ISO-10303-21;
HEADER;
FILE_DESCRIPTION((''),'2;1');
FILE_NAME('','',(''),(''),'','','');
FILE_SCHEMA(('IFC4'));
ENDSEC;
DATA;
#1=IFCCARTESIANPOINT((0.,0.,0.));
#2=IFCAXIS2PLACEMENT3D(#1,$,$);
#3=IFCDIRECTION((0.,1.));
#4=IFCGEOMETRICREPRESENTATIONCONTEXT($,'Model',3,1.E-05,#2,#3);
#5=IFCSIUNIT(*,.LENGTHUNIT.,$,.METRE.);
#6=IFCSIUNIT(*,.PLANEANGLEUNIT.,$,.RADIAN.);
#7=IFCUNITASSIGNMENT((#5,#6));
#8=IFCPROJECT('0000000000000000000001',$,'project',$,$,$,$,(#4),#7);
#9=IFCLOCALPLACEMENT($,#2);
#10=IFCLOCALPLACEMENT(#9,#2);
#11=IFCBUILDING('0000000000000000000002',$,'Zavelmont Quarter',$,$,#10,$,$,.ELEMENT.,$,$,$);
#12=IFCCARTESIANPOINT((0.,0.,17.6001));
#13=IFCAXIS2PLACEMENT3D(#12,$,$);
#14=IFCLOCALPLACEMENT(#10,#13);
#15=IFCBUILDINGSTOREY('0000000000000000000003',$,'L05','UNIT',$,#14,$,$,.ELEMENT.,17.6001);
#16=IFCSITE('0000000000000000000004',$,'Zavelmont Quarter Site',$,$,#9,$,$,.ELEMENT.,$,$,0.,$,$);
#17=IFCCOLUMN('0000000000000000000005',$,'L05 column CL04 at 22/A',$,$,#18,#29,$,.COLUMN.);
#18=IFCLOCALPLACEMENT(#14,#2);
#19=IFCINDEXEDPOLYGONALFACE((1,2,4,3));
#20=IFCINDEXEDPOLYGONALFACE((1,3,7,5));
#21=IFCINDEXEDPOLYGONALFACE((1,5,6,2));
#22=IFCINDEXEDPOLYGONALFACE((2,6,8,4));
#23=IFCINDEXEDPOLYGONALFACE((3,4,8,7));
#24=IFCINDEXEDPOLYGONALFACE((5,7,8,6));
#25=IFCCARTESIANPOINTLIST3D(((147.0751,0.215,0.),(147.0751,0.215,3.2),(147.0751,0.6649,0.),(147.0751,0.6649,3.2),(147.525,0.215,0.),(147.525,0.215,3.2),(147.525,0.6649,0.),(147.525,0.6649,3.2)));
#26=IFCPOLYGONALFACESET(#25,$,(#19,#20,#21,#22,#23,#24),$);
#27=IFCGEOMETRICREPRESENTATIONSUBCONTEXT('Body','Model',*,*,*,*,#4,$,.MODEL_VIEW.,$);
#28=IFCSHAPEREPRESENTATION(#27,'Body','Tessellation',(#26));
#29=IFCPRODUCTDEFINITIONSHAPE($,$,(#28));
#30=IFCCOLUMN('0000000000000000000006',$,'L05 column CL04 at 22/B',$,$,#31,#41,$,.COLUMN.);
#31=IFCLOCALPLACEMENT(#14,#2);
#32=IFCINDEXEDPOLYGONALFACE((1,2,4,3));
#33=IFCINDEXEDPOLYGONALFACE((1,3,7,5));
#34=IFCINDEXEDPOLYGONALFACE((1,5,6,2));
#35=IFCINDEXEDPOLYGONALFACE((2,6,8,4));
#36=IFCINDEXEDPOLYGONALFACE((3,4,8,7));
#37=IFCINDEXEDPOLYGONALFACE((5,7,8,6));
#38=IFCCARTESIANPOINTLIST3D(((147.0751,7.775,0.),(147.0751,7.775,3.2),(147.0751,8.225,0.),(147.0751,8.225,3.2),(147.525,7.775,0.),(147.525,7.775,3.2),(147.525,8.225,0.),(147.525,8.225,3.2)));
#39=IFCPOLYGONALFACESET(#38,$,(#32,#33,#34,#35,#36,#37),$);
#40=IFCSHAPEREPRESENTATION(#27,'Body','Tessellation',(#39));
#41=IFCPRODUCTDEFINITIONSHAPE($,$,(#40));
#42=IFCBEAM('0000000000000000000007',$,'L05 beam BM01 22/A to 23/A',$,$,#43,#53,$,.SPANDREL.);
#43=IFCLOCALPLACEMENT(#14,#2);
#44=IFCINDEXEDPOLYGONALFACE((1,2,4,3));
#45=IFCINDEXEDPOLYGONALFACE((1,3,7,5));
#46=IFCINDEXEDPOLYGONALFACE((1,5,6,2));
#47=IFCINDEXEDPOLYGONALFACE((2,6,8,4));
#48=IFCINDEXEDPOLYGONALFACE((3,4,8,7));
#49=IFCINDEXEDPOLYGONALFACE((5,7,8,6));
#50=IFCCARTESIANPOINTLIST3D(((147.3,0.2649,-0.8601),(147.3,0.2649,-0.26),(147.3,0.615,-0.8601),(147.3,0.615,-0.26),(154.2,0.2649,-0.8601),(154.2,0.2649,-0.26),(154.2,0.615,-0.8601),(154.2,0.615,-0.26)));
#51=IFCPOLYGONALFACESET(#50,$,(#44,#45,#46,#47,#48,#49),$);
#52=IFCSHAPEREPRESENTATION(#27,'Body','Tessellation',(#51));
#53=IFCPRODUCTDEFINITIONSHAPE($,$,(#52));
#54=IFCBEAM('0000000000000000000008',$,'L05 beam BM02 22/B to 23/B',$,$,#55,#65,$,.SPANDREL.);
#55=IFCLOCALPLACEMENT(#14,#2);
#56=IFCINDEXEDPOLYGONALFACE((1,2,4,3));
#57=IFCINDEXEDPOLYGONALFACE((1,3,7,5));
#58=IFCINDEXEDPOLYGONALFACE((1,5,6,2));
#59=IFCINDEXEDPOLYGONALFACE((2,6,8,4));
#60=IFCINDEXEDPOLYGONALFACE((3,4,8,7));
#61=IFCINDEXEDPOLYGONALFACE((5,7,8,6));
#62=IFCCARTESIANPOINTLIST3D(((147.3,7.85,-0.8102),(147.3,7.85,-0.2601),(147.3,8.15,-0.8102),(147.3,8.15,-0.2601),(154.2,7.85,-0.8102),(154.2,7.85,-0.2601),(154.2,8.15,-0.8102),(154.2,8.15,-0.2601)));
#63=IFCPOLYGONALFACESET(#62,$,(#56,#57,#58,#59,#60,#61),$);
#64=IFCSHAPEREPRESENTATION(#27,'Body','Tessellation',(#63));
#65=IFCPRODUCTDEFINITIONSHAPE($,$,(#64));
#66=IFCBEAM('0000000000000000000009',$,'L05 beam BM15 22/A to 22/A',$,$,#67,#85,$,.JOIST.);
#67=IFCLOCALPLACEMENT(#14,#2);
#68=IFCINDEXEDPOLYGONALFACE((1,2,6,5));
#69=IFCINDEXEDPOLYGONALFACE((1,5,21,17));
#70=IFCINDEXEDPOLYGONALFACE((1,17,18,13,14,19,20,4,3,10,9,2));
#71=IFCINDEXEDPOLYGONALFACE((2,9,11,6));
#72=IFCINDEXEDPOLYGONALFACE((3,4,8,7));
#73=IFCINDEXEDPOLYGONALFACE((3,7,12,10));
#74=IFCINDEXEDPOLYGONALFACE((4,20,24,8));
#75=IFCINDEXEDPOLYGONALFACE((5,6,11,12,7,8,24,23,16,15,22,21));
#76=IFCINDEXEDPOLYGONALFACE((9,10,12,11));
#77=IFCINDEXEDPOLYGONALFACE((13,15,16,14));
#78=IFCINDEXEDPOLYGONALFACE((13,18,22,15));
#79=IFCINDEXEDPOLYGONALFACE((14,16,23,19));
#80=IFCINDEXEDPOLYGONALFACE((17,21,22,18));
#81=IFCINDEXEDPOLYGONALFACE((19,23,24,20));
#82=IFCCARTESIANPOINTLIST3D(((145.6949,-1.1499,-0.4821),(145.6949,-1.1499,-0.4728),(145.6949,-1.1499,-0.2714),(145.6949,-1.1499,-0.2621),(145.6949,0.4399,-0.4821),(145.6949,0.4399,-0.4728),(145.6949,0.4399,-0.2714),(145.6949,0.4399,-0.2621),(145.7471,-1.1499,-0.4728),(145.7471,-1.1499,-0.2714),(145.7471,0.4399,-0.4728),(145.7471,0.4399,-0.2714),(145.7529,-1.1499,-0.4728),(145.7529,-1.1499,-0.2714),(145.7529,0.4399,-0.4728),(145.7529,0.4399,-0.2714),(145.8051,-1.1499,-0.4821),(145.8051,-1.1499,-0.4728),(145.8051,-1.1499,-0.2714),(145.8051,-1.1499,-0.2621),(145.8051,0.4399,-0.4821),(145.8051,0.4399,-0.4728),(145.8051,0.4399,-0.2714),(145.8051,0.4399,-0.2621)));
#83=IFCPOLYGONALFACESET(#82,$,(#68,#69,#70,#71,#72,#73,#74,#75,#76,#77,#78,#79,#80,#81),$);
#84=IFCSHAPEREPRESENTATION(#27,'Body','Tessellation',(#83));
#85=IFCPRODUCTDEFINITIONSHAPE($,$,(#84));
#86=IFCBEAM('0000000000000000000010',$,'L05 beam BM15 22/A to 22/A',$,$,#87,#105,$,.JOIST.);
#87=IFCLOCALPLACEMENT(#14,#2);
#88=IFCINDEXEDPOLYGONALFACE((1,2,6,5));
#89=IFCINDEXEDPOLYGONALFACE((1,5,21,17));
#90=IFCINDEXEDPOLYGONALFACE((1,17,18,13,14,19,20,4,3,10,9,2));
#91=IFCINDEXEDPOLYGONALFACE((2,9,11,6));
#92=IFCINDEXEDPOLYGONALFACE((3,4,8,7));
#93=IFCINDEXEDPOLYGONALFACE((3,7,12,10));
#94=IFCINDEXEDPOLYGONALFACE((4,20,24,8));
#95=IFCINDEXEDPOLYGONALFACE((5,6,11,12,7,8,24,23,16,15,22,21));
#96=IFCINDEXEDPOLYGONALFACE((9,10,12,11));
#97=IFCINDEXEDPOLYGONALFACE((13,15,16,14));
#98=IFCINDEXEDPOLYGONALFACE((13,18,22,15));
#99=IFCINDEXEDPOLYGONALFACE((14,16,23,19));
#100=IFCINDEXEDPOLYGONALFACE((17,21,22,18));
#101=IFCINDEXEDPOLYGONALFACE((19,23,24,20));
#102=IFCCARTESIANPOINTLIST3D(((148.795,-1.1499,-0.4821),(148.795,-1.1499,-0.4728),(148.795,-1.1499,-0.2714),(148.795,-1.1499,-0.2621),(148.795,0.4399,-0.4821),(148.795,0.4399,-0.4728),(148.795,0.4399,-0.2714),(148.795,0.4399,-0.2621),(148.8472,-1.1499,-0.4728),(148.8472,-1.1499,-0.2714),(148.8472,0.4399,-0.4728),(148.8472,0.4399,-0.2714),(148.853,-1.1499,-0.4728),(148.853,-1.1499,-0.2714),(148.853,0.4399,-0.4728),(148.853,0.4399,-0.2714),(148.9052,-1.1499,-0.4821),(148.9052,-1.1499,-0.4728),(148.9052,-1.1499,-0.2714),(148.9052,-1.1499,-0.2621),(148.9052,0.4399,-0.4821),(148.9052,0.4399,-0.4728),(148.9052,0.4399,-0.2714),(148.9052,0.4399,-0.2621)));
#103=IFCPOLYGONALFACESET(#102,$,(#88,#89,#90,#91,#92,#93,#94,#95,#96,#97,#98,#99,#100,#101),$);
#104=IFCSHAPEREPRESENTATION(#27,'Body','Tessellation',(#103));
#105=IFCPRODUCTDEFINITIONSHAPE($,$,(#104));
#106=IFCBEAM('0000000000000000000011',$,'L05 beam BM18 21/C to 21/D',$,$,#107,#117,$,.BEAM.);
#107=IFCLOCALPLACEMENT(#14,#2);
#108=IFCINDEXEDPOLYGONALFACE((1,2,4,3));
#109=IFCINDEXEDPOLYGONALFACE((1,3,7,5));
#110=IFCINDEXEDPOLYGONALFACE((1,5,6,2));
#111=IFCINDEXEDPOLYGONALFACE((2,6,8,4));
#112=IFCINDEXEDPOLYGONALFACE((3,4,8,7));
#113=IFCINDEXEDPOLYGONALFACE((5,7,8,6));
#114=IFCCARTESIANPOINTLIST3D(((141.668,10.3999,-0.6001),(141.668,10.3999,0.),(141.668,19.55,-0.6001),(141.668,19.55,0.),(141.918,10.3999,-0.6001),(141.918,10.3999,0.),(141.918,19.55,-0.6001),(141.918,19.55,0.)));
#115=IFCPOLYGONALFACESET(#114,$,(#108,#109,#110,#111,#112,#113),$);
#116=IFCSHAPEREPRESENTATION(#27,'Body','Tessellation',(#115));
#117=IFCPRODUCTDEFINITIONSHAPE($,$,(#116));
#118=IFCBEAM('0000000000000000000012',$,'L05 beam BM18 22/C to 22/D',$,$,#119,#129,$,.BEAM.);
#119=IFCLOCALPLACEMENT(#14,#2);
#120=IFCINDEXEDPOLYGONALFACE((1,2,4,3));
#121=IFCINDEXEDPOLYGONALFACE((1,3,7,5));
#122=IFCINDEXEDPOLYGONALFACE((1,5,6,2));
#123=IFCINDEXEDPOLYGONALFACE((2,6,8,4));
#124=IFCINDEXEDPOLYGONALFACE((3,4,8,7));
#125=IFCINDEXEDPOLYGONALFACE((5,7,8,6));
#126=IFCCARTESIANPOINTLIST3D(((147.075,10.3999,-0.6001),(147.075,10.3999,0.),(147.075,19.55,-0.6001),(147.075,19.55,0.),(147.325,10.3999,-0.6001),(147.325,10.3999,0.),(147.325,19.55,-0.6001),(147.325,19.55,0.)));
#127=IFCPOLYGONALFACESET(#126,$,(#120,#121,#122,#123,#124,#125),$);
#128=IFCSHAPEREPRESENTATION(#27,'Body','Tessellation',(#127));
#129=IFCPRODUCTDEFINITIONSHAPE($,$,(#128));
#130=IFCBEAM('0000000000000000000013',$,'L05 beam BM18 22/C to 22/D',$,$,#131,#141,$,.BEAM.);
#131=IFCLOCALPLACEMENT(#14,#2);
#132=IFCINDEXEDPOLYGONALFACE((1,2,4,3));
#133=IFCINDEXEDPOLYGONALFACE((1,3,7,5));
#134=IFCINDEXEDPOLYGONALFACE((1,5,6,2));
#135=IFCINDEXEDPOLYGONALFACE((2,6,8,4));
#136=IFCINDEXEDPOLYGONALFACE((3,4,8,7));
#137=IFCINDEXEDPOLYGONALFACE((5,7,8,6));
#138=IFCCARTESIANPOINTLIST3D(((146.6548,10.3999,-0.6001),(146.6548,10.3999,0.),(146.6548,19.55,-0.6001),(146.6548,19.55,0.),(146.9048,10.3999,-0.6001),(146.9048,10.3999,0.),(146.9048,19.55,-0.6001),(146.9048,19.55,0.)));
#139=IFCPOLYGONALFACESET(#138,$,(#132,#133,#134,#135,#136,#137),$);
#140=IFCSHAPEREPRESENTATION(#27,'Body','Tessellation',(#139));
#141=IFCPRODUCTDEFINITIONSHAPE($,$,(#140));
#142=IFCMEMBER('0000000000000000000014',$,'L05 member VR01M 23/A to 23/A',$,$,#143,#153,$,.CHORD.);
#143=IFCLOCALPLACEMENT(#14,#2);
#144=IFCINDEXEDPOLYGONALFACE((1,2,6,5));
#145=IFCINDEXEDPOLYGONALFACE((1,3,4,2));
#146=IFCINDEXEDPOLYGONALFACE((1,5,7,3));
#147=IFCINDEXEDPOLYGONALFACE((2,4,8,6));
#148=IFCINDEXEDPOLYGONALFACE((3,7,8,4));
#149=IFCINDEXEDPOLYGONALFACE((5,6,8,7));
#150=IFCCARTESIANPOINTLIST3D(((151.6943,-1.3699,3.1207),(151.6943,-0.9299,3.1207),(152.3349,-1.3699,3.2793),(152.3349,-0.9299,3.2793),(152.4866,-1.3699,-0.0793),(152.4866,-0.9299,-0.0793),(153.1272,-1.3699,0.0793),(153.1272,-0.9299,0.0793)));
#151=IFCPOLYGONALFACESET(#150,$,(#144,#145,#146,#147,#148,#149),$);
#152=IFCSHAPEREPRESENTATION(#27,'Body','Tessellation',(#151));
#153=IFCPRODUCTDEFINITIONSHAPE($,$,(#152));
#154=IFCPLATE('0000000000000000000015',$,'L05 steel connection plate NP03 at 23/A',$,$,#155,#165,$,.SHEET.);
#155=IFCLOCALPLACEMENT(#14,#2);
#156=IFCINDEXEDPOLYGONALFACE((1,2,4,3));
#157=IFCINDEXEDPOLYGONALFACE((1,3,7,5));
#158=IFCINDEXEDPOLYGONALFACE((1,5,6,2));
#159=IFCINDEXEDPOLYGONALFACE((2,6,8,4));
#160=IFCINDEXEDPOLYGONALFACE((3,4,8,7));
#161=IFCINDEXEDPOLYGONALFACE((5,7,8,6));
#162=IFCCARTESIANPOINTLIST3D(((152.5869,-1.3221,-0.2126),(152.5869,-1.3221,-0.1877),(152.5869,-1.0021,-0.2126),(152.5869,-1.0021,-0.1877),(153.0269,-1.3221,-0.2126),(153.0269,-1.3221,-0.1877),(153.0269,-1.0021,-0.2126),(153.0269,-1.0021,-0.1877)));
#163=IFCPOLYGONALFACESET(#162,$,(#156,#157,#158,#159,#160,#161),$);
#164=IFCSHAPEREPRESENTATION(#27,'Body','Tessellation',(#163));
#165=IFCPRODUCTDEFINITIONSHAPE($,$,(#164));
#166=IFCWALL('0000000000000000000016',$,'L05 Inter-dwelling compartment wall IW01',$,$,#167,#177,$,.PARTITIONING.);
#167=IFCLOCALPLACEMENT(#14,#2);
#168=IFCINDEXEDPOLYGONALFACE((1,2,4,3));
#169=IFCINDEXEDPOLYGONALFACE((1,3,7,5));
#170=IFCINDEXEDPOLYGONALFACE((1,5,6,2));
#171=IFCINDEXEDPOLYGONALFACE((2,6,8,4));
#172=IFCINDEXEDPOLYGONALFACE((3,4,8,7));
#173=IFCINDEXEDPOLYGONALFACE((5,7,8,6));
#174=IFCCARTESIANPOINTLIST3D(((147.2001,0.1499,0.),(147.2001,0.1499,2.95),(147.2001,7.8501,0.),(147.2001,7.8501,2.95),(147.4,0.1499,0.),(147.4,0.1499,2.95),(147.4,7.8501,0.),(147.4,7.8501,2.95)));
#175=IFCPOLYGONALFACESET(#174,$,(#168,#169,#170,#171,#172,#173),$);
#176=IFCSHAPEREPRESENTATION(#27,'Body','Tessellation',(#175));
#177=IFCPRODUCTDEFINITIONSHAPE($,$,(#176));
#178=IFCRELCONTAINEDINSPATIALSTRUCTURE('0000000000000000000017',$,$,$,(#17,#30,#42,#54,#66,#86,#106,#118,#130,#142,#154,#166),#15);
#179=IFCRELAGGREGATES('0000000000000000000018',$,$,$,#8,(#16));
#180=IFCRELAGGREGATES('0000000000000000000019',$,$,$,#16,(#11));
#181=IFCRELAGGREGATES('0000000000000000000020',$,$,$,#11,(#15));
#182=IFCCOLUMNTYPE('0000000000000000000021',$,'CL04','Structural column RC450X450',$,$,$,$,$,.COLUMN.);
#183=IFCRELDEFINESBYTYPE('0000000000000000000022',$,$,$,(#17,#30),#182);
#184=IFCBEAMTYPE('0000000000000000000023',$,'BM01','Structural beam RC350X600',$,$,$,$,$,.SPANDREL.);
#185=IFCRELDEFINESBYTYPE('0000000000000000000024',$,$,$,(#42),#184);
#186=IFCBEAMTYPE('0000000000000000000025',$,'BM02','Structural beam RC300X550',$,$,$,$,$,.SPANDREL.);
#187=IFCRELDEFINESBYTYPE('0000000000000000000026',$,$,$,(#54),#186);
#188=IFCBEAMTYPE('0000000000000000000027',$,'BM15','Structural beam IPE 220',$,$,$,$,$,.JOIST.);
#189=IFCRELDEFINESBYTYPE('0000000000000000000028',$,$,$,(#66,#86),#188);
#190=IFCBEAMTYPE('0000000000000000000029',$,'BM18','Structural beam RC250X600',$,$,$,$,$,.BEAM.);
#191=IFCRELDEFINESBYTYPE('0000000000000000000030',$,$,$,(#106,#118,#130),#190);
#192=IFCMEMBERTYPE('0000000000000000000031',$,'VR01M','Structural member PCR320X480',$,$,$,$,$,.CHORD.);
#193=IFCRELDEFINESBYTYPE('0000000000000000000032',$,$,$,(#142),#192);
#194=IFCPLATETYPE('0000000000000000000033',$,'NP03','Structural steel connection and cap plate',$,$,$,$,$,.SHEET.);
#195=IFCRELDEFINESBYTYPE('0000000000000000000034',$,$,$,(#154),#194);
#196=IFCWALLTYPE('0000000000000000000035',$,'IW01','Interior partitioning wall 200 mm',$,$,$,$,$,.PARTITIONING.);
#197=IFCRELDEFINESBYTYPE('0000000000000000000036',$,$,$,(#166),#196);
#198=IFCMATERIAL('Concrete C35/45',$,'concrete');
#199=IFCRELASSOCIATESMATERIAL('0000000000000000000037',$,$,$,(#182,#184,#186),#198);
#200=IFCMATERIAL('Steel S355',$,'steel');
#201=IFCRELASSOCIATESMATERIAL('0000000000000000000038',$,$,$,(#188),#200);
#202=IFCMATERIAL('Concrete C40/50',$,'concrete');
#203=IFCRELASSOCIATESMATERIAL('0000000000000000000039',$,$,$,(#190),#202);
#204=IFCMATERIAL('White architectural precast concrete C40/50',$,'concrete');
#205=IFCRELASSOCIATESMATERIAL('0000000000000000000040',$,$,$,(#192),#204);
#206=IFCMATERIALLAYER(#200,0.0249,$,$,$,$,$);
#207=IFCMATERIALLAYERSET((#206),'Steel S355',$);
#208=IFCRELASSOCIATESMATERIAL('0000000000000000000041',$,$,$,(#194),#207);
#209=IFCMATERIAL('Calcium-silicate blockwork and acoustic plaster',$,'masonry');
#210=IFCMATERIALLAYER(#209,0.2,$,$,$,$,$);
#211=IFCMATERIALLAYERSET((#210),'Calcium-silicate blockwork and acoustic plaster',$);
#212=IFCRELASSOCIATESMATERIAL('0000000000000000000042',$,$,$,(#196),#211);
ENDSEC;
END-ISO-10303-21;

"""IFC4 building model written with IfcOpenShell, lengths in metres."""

from ifc_helpers import new_model, si_unit, direction, frame, frame_2d, origin, origin_2d, place, context, subcontext, project, spatial, rectangle, i_section, extrude, material, layer, layer_set, material_profile, profile_set, type_object, element, save


model = new_model("IFC4")

# Units and contexts
model_context = context("Model", 3, precision=1e-05, world=origin(), true_north=direction((0.0, 1.0)))
body_context = subcontext(model_context, "Body", "Model", "MODEL_VIEW")
ifc_project = project(units=[si_unit("LENGTHUNIT", "METRE"), si_unit("PLANEANGLEUNIT", "RADIAN")], contexts=[model_context])

# Site, building, storey
site_placement = place(None, origin())
site = spatial("IfcSite", under=ifc_project, at=site_placement, Name="Zavelmont Quarter Site", CompositionType="ELEMENT", RefElevation=0.0)
building_placement = place(site_placement, origin())
building = spatial("IfcBuilding", under=site, at=building_placement, Name="Zavelmont Quarter", CompositionType="ELEMENT")
storey_placement = place(building_placement, frame((0.0, 0.0, 17.6001)))
storey = spatial("IfcBuildingStorey", under=building, at=storey_placement, Name="L05", Description="UNIT", CompositionType="ELEMENT", Elevation=17.6001)

# Columns
ifc_material_1 = material(Name="Concrete C35/45", Category="concrete")
ifc_material_profile_1 = material_profile(ifc_material_1, rectangle(XDim=0.45, YDim=0.45, at=origin_2d()), Name="RC450X450")
ifc_profile_set_1 = profile_set([ifc_material_profile_1], Name="Concrete C35/45")
column_type = type_object("IfcColumnType", Name="CL04", Description="Structural column RC450X450", PredefinedType="COLUMN", material=ifc_profile_set_1)
for number, where, z_axis, x_axis, name in (
    (1, (147.3, 0.4399, 0.0), (0.0, 0.0, 1.0), (1.0, 0.0, 0.0), "L05 column CL04 at 22/A"),
    (2, (147.3, 8.0, 0.0), (0.0, 0.0, 1.0), (1.0, 0.0, 0.0), "L05 column CL04 at 22/B"),
):
    element("IfcColumn", number, at=place(storey_placement, frame(where, z_axis=z_axis, x_axis=x_axis)), inside=storey, type_object=column_type, Name=name, PredefinedType="COLUMN", context=body_context, shape_type="SweptSolid", body=[
        extrude(rectangle(XDim=0.45, YDim=0.45, at=origin_2d()), origin(), (0.0, 0.0, 1.0), 3.2),
    ])

# Beams
ifc_material_profile_2 = material_profile(ifc_material_1, rectangle(XDim=0.3501, YDim=0.6001, at=origin_2d()), Name="RC350X600")
ifc_profile_set_2 = profile_set([ifc_material_profile_2], Name="Concrete C35/45")
beam_type_1 = type_object("IfcBeamType", Name="BM01", Description="Structural beam RC350X600", PredefinedType="SPANDREL", material=ifc_profile_set_2)
beam_1_placement = place(storey_placement, frame((147.3, 0.4399, -0.5601), z_axis=(1.0, 0.0, 0.0), x_axis=(0.0, 1.0, 0.0)))
element("IfcBeam", 3, at=beam_1_placement, inside=storey, type_object=beam_type_1, Name="L05 beam BM01 22/A to 23/A", PredefinedType="SPANDREL", context=body_context, shape_type="SweptSolid", body=[
    extrude(rectangle(XDim=0.3501, YDim=0.6001, at=origin_2d()), origin(), (0.0, 0.0, 1.0), 6.8999),
])
ifc_material_profile_3 = material_profile(ifc_material_1, rectangle(XDim=0.3, YDim=0.55, at=origin_2d()), Name="RC300X550")
ifc_profile_set_3 = profile_set([ifc_material_profile_3], Name="Concrete C35/45")
beam_type_2 = type_object("IfcBeamType", Name="BM02", Description="Structural beam RC300X550", PredefinedType="SPANDREL", material=ifc_profile_set_3)
beam_2_placement = place(storey_placement, frame((147.3, 8.0, -0.5352), z_axis=(1.0, 0.0, 0.0), x_axis=(0.0, 1.0, 0.0)))
element("IfcBeam", 4, at=beam_2_placement, inside=storey, type_object=beam_type_2, Name="L05 beam BM02 22/B to 23/B", PredefinedType="SPANDREL", context=body_context, shape_type="SweptSolid", body=[
    extrude(rectangle(XDim=0.3, YDim=0.55, at=origin_2d()), origin(), (0.0, 0.0, 1.0), 6.8999),
])
ifc_material_2 = material(Name="Steel S355", Category="steel")
ifc_material_profile_4 = material_profile(ifc_material_2, i_section(OverallWidth=0.1101, OverallDepth=0.22, WebThickness=0.0059, FlangeThickness=0.0093, at=origin_2d()), Name="IPE 220")
ifc_profile_set_4 = profile_set([ifc_material_profile_4], Name="Steel S355")
beam_type_3 = type_object("IfcBeamType", Name="BM15", Description="Structural beam IPE 220", PredefinedType="JOIST", material=ifc_profile_set_4)
for number, where, z_axis, x_axis, name in (
    (5, (145.75, 0.4399, -0.3721), (0.0, -1.0, 0.0), (1.0, 0.0, 0.0), "L05 beam BM15 22/A to 22/A"),
    (6, (148.8501, 0.4399, -0.3721), (0.0, -1.0, 0.0), (1.0, 0.0, 0.0), "L05 beam BM15 22/A to 22/A"),
):
    element("IfcBeam", number, at=place(storey_placement, frame(where, z_axis=z_axis, x_axis=x_axis)), inside=storey, type_object=beam_type_3, Name=name, PredefinedType="JOIST", context=body_context, shape_type="SweptSolid", body=[
        extrude(i_section(OverallWidth=0.1101, OverallDepth=0.22, WebThickness=0.0059, FlangeThickness=0.0093, at=origin_2d()), origin(), (0.0, 0.0, 1.0), 1.5898),
    ])
ifc_material_3 = material(Name="Concrete C40/50", Category="concrete")
ifc_material_profile_5 = material_profile(ifc_material_3, rectangle(XDim=0.25, YDim=0.6001, at=origin_2d()), Name="RC250X600")
ifc_profile_set_5 = profile_set([ifc_material_profile_5], Name="Concrete C40/50")
beam_type_4 = type_object("IfcBeamType", Name="BM18", Description="Structural beam RC250X600", PredefinedType="BEAM", material=ifc_profile_set_5)
for number, where, z_axis, x_axis, name in (
    (7, (141.793, 10.3999, -0.3), (0.0, 1.0, 0.0), (-1.0, 0.0, 0.0), "L05 beam BM18 21/C to 21/D"),
    (8, (147.2, 10.3999, -0.3), (0.0, 1.0, 0.0), (-1.0, 0.0, 0.0), "L05 beam BM18 22/C to 22/D"),
    (9, (146.7798, 10.3999, -0.3), (0.0, 1.0, 0.0), (-1.0, 0.0, 0.0), "L05 beam BM18 22/C to 22/D"),
):
    element("IfcBeam", number, at=place(storey_placement, frame(where, z_axis=z_axis, x_axis=x_axis)), inside=storey, type_object=beam_type_4, Name=name, PredefinedType="BEAM", context=body_context, shape_type="SweptSolid", body=[
        extrude(rectangle(XDim=0.25, YDim=0.6001, at=origin_2d()), origin(), (0.0, 0.0, 1.0), 9.1501),
    ])

# Member
ifc_material_4 = material(Name="White architectural precast concrete C40/50", Category="concrete")
ifc_material_profile_6 = material_profile(ifc_material_4, rectangle(XDim=0.4399, YDim=0.6599, at=origin_2d()), Name="PCR320X480")
ifc_profile_set_6 = profile_set([ifc_material_profile_6], Name="White architectural precast concrete C40/50")
member_type = type_object("IfcMemberType", Name="VR01M", Description="Structural member PCR320X480", PredefinedType="CHORD", material=ifc_profile_set_6)
member_placement = place(storey_placement, frame((152.8069, -1.1499, 0.0), z_axis=(-0.240322, 0.0, 0.970693), x_axis=(0.0, -1.0, 0.0)))
element("IfcMember", 10, at=member_placement, inside=storey, type_object=member_type, Name="L05 member VR01M 23/A to 23/A", PredefinedType="CHORD", context=body_context, shape_type="SweptSolid", body=[
    extrude(rectangle(XDim=0.4399, YDim=0.6599, at=origin_2d()), origin(), (0.0, 0.0, 1.0), 3.2966),
])

# Plate
ifc_layer_1 = layer(ifc_material_2, 0.0249)
ifc_layer_set_1 = layer_set([ifc_layer_1], Name="Steel S355")
plate_type = type_object("IfcPlateType", Name="NP03", Description="Structural steel connection and cap plate", PredefinedType="SHEET", material=ifc_layer_set_1)
plate_placement = place(storey_placement, frame((152.8069, -1.1621, -0.2126), z_axis=(0.0, 0.0, 1.0), x_axis=(1.0, 0.0, 0.0)))
element("IfcPlate", 11, at=plate_placement, inside=storey, type_object=plate_type, Name="L05 steel connection plate NP03 at 23/A", PredefinedType="SHEET", context=body_context, shape_type="SweptSolid", body=[
    extrude(rectangle(XDim=0.4399, YDim=0.3201, at=origin_2d()), origin(), (0.0, 0.0, 1.0), 0.0249),
])

# Wall
ifc_material_5 = material(Name="Calcium-silicate blockwork and acoustic plaster", Category="masonry")
ifc_layer_2 = layer(ifc_material_5, 0.2)
ifc_layer_set_2 = layer_set([ifc_layer_2], Name="Calcium-silicate blockwork and acoustic plaster")
wall_type_1 = type_object("IfcWallType", Name="IW01", Description="Interior partitioning wall 200 mm", PredefinedType="PARTITIONING", material=ifc_layer_set_2)
wall_1_placement = place(storey_placement, frame((147.3, 7.8501, 0.0), z_axis=(0.0, 0.0, 1.0), x_axis=(0.0, -1.0, 0.0)))
element("IfcWall", 12, at=wall_1_placement, inside=storey, type_object=wall_type_1, Name="L05 Inter-dwelling compartment wall IW01", PredefinedType="PARTITIONING", context=body_context, shape_type="SweptSolid", body=[
    extrude(rectangle(XDim=7.7002, YDim=0.2, at=frame_2d((3.8501, 0.0))), origin(), (0.0, 0.0, 1.0), 2.95),
])

save(model, "model.ifc")
